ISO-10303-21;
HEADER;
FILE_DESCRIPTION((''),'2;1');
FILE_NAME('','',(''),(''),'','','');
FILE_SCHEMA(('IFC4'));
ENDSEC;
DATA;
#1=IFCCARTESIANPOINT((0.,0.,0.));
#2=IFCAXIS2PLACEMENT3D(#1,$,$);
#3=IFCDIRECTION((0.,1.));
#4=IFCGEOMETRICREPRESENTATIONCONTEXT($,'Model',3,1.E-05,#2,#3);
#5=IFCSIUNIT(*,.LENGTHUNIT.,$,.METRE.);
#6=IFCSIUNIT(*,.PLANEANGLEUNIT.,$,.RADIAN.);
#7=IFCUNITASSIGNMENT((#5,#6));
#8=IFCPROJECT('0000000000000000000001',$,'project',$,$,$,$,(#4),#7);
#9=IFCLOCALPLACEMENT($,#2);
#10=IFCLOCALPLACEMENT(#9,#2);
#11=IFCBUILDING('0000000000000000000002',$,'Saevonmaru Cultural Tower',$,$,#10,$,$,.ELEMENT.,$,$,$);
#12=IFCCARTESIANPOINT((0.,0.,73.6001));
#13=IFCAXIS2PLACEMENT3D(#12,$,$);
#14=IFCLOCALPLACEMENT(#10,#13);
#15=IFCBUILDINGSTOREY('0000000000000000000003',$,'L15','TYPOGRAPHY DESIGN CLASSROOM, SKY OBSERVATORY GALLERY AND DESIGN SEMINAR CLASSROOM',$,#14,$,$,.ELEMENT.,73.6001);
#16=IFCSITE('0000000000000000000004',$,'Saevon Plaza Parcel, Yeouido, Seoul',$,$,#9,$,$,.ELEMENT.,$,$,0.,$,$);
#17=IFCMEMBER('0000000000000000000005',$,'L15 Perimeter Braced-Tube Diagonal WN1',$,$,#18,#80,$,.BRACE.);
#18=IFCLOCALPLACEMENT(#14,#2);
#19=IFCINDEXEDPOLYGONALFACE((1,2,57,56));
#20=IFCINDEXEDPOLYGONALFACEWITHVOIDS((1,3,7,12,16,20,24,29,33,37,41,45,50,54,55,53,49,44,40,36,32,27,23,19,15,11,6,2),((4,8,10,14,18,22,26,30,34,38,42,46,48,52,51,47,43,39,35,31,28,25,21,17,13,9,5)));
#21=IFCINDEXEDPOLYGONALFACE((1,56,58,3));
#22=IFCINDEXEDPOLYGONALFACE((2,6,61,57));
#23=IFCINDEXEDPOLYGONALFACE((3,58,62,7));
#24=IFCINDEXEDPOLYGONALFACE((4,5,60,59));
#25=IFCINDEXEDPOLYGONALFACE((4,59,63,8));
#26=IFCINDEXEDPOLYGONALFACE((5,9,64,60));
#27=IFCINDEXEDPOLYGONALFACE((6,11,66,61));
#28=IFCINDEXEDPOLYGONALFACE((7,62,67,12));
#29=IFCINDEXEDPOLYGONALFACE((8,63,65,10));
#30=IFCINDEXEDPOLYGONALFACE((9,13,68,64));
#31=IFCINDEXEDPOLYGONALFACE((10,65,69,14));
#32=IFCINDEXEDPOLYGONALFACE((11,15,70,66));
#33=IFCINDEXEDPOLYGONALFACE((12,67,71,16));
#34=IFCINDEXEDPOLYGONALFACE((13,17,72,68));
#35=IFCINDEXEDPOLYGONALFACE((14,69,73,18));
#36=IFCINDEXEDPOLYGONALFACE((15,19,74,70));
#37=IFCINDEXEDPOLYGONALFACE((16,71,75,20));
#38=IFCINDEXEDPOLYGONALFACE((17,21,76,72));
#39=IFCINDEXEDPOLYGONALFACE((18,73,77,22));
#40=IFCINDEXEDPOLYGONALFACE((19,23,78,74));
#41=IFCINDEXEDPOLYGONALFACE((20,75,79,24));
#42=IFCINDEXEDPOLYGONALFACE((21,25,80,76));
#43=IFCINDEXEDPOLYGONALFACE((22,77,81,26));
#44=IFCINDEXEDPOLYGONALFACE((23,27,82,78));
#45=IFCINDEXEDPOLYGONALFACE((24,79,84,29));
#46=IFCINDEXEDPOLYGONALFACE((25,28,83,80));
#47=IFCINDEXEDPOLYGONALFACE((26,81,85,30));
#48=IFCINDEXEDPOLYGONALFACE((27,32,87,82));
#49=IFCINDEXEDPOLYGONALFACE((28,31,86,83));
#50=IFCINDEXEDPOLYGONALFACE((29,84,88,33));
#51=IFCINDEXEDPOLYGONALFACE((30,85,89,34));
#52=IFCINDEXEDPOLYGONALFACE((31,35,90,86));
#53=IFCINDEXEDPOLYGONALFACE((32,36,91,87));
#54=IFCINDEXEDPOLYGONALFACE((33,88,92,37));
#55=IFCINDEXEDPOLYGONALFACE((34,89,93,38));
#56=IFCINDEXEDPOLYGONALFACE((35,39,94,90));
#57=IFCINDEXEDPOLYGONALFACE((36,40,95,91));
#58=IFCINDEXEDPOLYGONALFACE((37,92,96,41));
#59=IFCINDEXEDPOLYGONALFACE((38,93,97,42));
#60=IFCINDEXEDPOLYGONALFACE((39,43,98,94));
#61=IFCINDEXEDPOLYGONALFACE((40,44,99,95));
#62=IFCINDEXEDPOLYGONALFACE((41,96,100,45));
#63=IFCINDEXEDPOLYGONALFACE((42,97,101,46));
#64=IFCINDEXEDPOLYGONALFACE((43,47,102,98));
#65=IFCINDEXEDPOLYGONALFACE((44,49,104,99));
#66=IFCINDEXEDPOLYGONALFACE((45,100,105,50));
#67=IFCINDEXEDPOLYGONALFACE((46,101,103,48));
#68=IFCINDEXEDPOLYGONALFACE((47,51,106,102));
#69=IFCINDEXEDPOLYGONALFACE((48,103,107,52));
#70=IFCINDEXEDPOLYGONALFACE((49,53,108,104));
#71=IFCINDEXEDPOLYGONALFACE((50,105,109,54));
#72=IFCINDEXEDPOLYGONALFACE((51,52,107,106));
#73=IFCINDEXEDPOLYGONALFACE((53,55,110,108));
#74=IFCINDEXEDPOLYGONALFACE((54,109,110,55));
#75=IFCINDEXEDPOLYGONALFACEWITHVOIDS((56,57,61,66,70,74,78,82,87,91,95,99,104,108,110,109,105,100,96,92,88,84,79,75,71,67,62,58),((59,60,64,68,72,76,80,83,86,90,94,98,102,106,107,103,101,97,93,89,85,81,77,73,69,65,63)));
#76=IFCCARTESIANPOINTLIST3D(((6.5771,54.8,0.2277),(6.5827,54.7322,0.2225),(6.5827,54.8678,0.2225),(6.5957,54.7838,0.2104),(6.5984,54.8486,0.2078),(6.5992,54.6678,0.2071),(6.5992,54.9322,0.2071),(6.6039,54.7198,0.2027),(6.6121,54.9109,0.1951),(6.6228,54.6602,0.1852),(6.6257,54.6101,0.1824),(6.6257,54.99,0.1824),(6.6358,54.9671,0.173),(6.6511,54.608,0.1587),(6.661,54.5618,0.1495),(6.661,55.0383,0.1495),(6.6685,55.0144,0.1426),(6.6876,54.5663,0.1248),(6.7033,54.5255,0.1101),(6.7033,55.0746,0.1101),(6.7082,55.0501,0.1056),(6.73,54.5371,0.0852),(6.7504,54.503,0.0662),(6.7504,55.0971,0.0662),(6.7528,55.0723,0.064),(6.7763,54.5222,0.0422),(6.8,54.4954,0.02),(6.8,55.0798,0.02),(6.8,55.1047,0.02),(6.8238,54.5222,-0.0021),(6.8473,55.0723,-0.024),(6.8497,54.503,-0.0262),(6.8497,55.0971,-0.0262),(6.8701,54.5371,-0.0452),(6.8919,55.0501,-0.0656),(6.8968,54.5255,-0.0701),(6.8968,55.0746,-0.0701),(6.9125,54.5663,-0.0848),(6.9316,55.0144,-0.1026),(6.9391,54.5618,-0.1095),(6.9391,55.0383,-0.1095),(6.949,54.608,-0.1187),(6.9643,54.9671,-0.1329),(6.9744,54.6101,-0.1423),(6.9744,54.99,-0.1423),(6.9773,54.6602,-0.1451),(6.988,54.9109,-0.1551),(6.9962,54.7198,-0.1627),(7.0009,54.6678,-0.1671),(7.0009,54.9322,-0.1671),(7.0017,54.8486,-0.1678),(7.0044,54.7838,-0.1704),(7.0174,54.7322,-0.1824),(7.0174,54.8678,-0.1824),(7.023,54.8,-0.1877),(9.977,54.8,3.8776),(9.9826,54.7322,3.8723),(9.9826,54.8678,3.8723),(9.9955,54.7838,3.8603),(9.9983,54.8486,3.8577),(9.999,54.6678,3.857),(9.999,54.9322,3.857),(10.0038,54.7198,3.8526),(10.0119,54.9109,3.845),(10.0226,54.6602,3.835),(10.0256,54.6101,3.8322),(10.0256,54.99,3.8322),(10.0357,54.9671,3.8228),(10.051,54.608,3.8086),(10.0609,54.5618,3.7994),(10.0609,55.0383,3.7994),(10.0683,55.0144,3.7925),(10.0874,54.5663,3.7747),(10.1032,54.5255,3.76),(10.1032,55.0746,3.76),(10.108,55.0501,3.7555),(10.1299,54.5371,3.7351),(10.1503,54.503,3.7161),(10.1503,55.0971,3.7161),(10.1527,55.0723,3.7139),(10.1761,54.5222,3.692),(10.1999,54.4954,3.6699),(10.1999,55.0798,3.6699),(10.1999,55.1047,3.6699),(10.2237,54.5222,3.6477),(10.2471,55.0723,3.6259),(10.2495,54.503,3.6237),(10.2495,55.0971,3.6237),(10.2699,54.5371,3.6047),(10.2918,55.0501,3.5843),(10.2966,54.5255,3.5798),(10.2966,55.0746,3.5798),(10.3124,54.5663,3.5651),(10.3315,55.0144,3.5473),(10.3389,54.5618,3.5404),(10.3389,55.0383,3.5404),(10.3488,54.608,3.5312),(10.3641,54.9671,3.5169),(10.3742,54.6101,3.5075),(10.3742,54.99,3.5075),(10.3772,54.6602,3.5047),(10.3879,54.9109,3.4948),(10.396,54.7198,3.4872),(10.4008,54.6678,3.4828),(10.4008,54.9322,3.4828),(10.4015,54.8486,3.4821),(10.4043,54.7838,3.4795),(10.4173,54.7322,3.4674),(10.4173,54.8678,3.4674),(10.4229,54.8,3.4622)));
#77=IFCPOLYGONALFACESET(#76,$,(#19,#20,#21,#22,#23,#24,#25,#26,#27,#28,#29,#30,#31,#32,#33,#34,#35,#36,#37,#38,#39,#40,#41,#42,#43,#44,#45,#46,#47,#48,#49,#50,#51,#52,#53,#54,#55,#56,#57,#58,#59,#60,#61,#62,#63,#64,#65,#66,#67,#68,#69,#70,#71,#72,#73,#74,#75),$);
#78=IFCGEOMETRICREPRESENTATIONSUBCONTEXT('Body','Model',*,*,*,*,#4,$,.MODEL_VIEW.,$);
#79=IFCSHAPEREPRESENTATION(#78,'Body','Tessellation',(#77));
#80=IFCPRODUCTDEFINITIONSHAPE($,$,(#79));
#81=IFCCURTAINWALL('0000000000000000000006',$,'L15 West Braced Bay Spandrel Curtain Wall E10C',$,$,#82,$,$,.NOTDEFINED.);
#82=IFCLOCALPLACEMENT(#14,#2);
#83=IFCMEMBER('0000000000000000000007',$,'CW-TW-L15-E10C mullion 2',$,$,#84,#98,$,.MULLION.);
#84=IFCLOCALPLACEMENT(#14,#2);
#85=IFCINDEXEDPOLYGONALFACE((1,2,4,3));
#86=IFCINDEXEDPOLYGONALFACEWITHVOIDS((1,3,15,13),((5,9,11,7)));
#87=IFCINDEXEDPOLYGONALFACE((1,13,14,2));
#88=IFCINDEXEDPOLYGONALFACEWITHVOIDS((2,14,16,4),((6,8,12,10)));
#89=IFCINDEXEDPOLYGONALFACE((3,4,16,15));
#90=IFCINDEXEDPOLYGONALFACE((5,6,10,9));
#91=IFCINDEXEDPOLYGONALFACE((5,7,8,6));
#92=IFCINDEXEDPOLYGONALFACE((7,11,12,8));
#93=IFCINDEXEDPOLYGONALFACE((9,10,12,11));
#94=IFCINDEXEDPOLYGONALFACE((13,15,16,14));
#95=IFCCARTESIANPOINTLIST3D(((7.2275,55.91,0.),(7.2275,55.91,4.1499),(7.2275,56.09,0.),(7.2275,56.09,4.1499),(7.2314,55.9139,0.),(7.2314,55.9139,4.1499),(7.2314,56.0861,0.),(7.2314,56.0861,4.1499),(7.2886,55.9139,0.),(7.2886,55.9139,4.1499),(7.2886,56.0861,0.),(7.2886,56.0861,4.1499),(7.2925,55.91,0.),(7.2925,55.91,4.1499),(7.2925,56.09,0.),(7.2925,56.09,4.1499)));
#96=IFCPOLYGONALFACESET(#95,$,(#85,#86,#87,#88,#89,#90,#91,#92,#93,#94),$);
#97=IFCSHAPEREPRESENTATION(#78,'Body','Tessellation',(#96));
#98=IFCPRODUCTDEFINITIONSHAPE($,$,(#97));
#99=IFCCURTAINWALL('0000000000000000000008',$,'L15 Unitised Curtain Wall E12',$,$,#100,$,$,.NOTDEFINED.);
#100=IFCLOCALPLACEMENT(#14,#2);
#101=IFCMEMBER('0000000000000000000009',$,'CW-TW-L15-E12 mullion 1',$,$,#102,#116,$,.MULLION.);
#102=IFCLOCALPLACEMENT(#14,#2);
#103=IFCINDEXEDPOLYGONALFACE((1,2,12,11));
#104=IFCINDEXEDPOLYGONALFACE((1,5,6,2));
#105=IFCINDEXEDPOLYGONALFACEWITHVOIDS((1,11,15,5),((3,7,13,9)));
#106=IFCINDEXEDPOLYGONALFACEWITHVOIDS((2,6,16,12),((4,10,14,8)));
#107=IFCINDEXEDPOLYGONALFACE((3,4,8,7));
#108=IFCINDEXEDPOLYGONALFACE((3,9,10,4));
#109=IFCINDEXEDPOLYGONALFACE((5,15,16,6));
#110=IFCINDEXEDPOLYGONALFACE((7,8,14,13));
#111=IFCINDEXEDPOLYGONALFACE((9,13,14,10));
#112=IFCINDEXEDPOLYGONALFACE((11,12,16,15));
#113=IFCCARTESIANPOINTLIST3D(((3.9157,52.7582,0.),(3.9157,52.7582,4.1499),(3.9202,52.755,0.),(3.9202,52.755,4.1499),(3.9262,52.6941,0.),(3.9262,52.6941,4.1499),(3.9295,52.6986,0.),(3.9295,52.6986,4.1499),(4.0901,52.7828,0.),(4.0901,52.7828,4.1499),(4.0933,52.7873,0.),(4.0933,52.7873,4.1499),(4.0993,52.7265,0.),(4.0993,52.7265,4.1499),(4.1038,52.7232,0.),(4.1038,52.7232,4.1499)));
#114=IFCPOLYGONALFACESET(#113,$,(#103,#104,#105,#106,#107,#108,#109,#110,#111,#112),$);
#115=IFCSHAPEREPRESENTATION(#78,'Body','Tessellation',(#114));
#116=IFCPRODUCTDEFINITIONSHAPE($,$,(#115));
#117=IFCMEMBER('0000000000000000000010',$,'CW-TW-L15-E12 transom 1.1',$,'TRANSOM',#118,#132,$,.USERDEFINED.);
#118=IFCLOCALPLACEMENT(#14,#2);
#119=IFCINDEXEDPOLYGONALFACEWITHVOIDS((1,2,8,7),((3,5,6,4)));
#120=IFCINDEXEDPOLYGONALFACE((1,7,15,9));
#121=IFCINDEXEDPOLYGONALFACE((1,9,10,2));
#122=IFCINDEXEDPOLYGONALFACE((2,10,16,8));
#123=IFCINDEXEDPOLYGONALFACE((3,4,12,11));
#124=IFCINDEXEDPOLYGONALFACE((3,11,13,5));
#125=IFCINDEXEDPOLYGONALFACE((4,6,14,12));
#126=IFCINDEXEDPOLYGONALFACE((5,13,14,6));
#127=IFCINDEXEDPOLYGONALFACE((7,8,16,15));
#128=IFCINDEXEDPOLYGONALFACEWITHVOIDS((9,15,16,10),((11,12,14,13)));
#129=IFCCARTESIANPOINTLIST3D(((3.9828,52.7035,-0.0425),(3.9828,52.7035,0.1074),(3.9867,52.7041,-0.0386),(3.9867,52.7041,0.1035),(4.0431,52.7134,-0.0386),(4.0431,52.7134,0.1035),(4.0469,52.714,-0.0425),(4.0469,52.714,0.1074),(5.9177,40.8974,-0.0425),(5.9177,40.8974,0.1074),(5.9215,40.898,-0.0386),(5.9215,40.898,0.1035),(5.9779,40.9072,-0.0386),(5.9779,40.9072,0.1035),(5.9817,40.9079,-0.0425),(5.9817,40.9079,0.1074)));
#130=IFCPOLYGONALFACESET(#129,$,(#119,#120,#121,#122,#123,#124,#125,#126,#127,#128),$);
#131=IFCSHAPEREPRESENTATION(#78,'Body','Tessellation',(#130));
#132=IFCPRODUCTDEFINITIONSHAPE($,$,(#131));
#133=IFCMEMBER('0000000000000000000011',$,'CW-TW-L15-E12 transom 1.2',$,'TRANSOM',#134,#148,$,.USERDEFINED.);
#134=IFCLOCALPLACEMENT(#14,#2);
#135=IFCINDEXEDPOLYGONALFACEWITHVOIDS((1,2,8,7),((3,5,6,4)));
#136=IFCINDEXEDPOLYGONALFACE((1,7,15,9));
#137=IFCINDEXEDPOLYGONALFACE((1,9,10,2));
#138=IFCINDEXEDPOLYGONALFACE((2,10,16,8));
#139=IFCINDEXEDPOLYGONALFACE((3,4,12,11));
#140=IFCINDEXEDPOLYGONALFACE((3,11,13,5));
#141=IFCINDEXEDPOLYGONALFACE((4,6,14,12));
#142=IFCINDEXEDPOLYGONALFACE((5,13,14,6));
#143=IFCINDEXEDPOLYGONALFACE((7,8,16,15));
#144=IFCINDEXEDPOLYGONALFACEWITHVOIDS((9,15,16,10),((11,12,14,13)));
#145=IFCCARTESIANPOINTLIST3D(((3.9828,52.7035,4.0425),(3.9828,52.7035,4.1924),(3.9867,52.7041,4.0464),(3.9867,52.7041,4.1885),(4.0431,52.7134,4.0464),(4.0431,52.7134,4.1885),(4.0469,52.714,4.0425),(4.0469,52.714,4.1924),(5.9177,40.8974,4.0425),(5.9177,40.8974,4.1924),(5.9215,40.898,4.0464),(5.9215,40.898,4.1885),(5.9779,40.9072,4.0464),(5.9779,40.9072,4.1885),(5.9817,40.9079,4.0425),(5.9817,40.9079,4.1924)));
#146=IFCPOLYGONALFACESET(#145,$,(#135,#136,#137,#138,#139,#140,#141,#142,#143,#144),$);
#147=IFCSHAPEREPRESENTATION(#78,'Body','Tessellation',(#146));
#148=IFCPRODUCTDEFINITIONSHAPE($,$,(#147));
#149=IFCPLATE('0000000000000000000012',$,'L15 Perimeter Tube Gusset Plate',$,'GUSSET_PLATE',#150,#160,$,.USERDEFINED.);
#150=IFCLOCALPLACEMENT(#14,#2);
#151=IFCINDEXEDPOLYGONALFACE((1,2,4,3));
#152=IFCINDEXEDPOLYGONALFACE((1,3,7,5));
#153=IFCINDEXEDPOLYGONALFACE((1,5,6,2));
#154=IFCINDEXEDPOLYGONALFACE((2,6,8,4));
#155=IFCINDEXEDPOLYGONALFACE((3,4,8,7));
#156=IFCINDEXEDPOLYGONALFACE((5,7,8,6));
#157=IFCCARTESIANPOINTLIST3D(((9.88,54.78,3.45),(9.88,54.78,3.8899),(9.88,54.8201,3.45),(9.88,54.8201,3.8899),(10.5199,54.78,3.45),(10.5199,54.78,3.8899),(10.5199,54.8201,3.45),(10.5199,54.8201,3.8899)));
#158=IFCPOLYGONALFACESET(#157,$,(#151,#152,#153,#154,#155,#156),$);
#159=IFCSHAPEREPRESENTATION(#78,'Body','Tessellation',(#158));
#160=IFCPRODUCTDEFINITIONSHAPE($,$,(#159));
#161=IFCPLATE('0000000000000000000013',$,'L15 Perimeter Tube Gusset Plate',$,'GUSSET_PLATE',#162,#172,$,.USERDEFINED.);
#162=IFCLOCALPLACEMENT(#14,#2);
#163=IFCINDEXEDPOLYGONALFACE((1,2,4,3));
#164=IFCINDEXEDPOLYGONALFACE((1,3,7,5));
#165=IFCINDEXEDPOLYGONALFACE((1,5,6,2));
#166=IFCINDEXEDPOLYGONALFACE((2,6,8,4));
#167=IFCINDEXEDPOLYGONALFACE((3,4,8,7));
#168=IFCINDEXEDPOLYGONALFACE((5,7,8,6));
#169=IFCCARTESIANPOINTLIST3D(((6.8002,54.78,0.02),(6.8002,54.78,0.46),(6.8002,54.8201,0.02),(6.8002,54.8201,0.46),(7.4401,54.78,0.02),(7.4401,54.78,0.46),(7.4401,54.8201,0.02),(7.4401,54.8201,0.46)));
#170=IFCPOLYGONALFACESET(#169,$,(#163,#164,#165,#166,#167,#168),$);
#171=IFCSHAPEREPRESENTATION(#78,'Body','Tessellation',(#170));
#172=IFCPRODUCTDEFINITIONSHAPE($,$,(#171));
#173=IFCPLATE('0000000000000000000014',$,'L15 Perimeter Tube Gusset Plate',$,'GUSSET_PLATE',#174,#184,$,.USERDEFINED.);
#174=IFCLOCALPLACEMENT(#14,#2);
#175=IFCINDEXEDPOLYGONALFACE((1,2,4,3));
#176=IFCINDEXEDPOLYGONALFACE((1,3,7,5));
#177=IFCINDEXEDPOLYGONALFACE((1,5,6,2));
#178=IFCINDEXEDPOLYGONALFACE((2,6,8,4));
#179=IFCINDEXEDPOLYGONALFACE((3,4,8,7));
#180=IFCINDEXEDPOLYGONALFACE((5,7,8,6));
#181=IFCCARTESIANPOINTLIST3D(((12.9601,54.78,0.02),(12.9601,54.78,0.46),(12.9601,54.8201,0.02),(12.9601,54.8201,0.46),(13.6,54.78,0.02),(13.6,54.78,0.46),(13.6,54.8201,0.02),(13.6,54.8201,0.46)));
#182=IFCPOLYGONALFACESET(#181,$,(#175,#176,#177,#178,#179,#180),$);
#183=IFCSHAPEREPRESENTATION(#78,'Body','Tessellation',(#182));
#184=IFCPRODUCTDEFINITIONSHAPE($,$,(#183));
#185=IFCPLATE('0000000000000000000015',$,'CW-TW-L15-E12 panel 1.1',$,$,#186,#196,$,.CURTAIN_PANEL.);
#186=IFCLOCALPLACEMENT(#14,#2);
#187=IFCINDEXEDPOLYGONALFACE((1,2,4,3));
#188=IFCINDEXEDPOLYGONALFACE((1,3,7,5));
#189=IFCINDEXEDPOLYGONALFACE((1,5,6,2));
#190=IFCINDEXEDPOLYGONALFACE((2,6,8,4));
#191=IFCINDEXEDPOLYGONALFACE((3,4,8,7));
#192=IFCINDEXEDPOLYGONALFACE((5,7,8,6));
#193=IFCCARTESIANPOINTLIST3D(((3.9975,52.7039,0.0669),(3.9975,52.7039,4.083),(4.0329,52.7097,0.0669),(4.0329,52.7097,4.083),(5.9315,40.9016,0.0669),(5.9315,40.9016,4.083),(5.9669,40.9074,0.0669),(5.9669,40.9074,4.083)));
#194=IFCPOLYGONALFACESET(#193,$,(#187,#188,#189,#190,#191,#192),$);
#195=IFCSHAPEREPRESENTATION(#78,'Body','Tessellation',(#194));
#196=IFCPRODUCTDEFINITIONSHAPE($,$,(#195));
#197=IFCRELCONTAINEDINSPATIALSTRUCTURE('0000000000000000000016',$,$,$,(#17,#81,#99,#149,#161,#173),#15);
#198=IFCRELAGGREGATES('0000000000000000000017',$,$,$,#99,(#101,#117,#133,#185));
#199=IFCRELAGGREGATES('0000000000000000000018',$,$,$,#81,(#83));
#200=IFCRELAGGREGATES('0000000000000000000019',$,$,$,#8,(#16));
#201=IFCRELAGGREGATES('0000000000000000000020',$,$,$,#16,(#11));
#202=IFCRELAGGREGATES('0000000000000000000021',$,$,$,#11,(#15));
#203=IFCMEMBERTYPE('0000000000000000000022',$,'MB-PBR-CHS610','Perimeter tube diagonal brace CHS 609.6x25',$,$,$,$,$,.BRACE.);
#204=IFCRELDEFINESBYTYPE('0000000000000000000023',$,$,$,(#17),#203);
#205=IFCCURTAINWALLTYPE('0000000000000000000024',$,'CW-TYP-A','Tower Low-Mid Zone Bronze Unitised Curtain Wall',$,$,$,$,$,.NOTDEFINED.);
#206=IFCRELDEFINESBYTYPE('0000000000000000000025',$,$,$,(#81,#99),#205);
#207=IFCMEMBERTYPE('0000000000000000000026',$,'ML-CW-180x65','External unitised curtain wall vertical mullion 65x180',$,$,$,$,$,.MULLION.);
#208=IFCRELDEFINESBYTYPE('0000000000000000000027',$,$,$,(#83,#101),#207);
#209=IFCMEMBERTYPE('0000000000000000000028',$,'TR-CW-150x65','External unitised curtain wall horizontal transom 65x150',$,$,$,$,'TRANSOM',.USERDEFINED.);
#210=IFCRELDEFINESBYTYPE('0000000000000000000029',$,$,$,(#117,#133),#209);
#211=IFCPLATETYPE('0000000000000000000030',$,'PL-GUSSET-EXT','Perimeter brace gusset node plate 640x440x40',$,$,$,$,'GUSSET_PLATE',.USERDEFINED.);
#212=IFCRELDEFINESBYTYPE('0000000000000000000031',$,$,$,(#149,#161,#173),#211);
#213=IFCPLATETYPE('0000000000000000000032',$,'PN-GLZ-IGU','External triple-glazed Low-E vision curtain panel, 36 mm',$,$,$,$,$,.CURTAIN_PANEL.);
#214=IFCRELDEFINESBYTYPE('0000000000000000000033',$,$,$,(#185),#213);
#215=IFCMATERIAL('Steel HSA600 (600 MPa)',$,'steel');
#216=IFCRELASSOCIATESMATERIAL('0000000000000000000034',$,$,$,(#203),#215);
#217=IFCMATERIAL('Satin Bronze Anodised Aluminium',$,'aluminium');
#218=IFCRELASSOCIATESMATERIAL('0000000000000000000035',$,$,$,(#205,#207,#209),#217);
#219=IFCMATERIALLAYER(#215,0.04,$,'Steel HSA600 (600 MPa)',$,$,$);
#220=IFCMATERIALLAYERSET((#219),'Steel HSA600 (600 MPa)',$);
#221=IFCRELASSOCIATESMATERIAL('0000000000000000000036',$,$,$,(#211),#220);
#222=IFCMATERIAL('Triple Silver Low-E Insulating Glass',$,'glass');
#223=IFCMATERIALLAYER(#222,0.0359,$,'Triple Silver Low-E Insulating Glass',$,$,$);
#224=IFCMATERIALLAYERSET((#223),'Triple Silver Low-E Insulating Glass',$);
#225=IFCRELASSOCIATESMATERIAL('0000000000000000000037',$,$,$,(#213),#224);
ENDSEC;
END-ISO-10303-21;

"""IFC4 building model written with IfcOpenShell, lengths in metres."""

from ifc_helpers import new_model, si_unit, direction, frame, origin, origin_2d, place, context, subcontext, project, spatial, rectangle, hollow_rectangle, hollow_circle, extrude, material, layer, layer_set, material_profile, profile_set, type_object, element, aggregate, save


model = new_model("IFC4")

# Units and contexts
model_context = context("Model", 3, precision=1e-05, world=origin(), true_north=direction((0.0, 1.0)))
body_context = subcontext(model_context, "Body", "Model", "MODEL_VIEW")
ifc_project = project(units=[si_unit("LENGTHUNIT", "METRE"), si_unit("PLANEANGLEUNIT", "RADIAN")], contexts=[model_context])

# Site, building, storey
site_placement = place(None, origin())
site = spatial("IfcSite", under=ifc_project, at=site_placement, Name="Saevon Plaza Parcel, Yeouido, Seoul", CompositionType="ELEMENT", RefElevation=0.0)
building_placement = place(site_placement, origin())
building = spatial("IfcBuilding", under=site, at=building_placement, Name="Saevonmaru Cultural Tower", CompositionType="ELEMENT")
storey_placement = place(building_placement, frame((0.0, 0.0, 73.6001)))
storey = spatial("IfcBuildingStorey", under=building, at=storey_placement, Name="L15", Description="TYPOGRAPHY DESIGN CLASSROOM, SKY OBSERVATORY GALLERY AND DESIGN SEMINAR CLASSROOM", CompositionType="ELEMENT", Elevation=73.6001)

# Shared definitions
ifc_material_1 = material(Name="Steel HSA600 (600 MPa)", Category="steel")

# Member
ifc_material_profile_1 = material_profile(ifc_material_1, hollow_circle(Radius=0.3047, WallThickness=0.0249, at=origin_2d()), Name="CHS-609.6x25")
ifc_profile_set_1 = profile_set([ifc_material_profile_1], Name="Steel HSA600 (600 MPa)")
member_type_1 = type_object("IfcMemberType", Name="MB-PBR-CHS610", Description="Perimeter tube diagonal brace CHS 609.6x25", PredefinedType="BRACE", material=ifc_profile_set_1)
member_1_placement = place(storey_placement, frame((6.8, 54.8, 0.02), z_axis=(0.681603, 0.0, 0.731722), x_axis=(0.0, 1.0, 0.0)))
element("IfcMember", 1, at=member_1_placement, inside=storey, type_object=member_type_1, Name="L15 Perimeter Braced-Tube Diagonal WN1", PredefinedType="BRACE", context=body_context, shape_type="SweptSolid", body=[
    extrude(hollow_circle(Radius=0.3047, WallThickness=0.0249, at=origin_2d()), origin(), (0.0, 0.0, 1.0), 4.988),
])

# Curtain wall, member
ifc_material_2 = material(Name="Satin Bronze Anodised Aluminium", Category="aluminium")
curtain_wall_type = type_object("IfcCurtainWallType", Name="CW-TYP-A", Description="Tower Low-Mid Zone Bronze Unitised Curtain Wall", PredefinedType="NOTDEFINED", material=ifc_material_2)
curtain_wall_1_placement = place(storey_placement, origin())
curtain_wall_1 = element("IfcCurtainWall", 2, at=curtain_wall_1_placement, inside=storey, type_object=curtain_wall_type, Name="L15 West Braced Bay Spandrel Curtain Wall E10C", PredefinedType="NOTDEFINED")
ifc_material_profile_2 = material_profile(ifc_material_2, hollow_rectangle(XDim=0.0649, YDim=0.1799, WallThickness=0.0039, at=origin_2d()), Name="ALU-MULL-180x65x4")
ifc_profile_set_2 = profile_set([ifc_material_profile_2], Name="Satin Bronze Anodised Aluminium")
member_type_2 = type_object("IfcMemberType", Name="ML-CW-180x65", Description="External unitised curtain wall vertical mullion 65x180", PredefinedType="MULLION", material=ifc_profile_set_2)
member_2_placement = place(storey_placement, frame((7.26, 56.0, 0.0), z_axis=(0.0, 0.0, 1.0), x_axis=(-1.0, 0.0, 0.0)))
member_2 = element("IfcMember", 3, at=member_2_placement, type_object=member_type_2, Name="CW-TW-L15-E10C mullion 2", PredefinedType="MULLION", context=body_context, shape_type="SweptSolid", body=[
    extrude(hollow_rectangle(XDim=0.0649, YDim=0.1799, WallThickness=0.0039, at=origin_2d()), origin(), (0.0, 0.0, 1.0), 4.1499),
])

# Curtain wall, members
curtain_wall_2_placement = place(storey_placement, origin())
curtain_wall_2 = element("IfcCurtainWall", 4, at=curtain_wall_2_placement, inside=storey, type_object=curtain_wall_type, Name="L15 Unitised Curtain Wall E12", PredefinedType="NOTDEFINED")
member_3_placement = place(storey_placement, frame((4.0098, 52.7407, 0.0), z_axis=(0.0, 0.0, 1.0), x_axis=(0.161709, -0.986839, 0.0)))
member_3 = element("IfcMember", 5, at=member_3_placement, type_object=member_type_2, Name="CW-TW-L15-E12 mullion 1", PredefinedType="MULLION", context=body_context, shape_type="SweptSolid", body=[
    extrude(hollow_rectangle(XDim=0.0649, YDim=0.1799, WallThickness=0.0039, at=origin_2d()), origin(), (0.0, 0.0, 1.0), 4.1499),
])
ifc_material_profile_3 = material_profile(ifc_material_2, hollow_rectangle(XDim=0.0649, YDim=0.1499, WallThickness=0.0039, at=origin_2d()), Name="ALU-TRAN-150x65x4")
ifc_profile_set_3 = profile_set([ifc_material_profile_3], Name="Satin Bronze Anodised Aluminium")
member_type_3 = type_object("IfcMemberType", Name="TR-CW-150x65", Description="External unitised curtain wall horizontal transom 65x150", ElementType="TRANSOM", PredefinedType="USERDEFINED", material=ifc_profile_set_3)
member_4_placement = place(storey_placement, frame((4.0149, 52.7087, 0.0325), z_axis=(0.161725, -0.986836, 0.0), x_axis=(0.986836, 0.161725, 0.0)))
member_4 = element("IfcMember", 6, at=member_4_placement, type_object=member_type_3, Name="CW-TW-L15-E12 transom 1.1", ObjectType="TRANSOM", PredefinedType="USERDEFINED", context=body_context, shape_type="SweptSolid", body=[
    extrude(hollow_rectangle(XDim=0.0649, YDim=0.1499, WallThickness=0.0039, at=origin_2d()), origin(), (0.0, 0.0, 1.0), 11.9636),
])
member_5_placement = place(storey_placement, frame((4.0149, 52.7087, 4.1174), z_axis=(0.161725, -0.986836, 0.0), x_axis=(0.986836, 0.161725, 0.0)))
member_5 = element("IfcMember", 7, at=member_5_placement, type_object=member_type_3, Name="CW-TW-L15-E12 transom 1.2", ObjectType="TRANSOM", PredefinedType="USERDEFINED", context=body_context, shape_type="SweptSolid", body=[
    extrude(hollow_rectangle(XDim=0.0649, YDim=0.1499, WallThickness=0.0039, at=origin_2d()), origin(), (0.0, 0.0, 1.0), 11.9636),
])

# Plates
ifc_layer_1 = layer(ifc_material_1, 0.04, Name="Steel HSA600 (600 MPa)")
ifc_layer_set_1 = layer_set([ifc_layer_1], Name="Steel HSA600 (600 MPa)")
plate_type_1 = type_object("IfcPlateType", Name="PL-GUSSET-EXT", Description="Perimeter brace gusset node plate 640x440x40", ElementType="GUSSET_PLATE", PredefinedType="USERDEFINED", material=ifc_layer_set_1)
for number, where, z_axis, x_axis, name in (
    (8, (10.2, 54.8, 3.45), (0.0, 0.0, 1.0), (1.0, 0.0, 0.0), "L15 Perimeter Tube Gusset Plate"),
    (9, (7.1201, 54.8, 0.02), (0.0, 0.0, 1.0), (1.0, 0.0, 0.0), "L15 Perimeter Tube Gusset Plate"),
    (10, (13.28, 54.8, 0.02), (0.0, 0.0, 1.0), (1.0, 0.0, 0.0), "L15 Perimeter Tube Gusset Plate"),
):
    element("IfcPlate", number, at=place(storey_placement, frame(where, z_axis=z_axis, x_axis=x_axis)), inside=storey, type_object=plate_type_1, Name=name, ObjectType="GUSSET_PLATE", PredefinedType="USERDEFINED", context=body_context, shape_type="SweptSolid", body=[
        extrude(rectangle(XDim=0.6399, YDim=0.04, at=origin_2d()), origin(), (0.0, 0.0, 1.0), 0.4399),
    ])

# Plate
ifc_material_3 = material(Name="Triple Silver Low-E Insulating Glass", Category="glass")
ifc_layer_2 = layer(ifc_material_3, 0.0359, Name="Triple Silver Low-E Insulating Glass")
ifc_layer_set_2 = layer_set([ifc_layer_2], Name="Triple Silver Low-E Insulating Glass")
plate_type_2 = type_object("IfcPlateType", Name="PN-GLZ-IGU", Description="External triple-glazed Low-E vision curtain panel, 36 mm", PredefinedType="CURTAIN_PANEL", material=ifc_layer_set_2)
plate_1_placement = place(storey_placement, frame((4.9822, 46.8057, 0.0669), z_axis=(0.0, 0.0, 1.0), x_axis=(0.161709, -0.986839, 0.0)))
plate_1 = element("IfcPlate", 11, at=plate_1_placement, type_object=plate_type_2, Name="CW-TW-L15-E12 panel 1.1", PredefinedType="CURTAIN_PANEL", context=body_context, shape_type="SweptSolid", body=[
    extrude(rectangle(XDim=11.9597, YDim=0.0359, at=origin_2d()), origin(), (0.0, 0.0, 1.0), 4.0161),
])
aggregate(curtain_wall_2, [member_3, member_4, member_5, plate_1])
aggregate(curtain_wall_1, [member_2])

save(model, "model.ifc")
